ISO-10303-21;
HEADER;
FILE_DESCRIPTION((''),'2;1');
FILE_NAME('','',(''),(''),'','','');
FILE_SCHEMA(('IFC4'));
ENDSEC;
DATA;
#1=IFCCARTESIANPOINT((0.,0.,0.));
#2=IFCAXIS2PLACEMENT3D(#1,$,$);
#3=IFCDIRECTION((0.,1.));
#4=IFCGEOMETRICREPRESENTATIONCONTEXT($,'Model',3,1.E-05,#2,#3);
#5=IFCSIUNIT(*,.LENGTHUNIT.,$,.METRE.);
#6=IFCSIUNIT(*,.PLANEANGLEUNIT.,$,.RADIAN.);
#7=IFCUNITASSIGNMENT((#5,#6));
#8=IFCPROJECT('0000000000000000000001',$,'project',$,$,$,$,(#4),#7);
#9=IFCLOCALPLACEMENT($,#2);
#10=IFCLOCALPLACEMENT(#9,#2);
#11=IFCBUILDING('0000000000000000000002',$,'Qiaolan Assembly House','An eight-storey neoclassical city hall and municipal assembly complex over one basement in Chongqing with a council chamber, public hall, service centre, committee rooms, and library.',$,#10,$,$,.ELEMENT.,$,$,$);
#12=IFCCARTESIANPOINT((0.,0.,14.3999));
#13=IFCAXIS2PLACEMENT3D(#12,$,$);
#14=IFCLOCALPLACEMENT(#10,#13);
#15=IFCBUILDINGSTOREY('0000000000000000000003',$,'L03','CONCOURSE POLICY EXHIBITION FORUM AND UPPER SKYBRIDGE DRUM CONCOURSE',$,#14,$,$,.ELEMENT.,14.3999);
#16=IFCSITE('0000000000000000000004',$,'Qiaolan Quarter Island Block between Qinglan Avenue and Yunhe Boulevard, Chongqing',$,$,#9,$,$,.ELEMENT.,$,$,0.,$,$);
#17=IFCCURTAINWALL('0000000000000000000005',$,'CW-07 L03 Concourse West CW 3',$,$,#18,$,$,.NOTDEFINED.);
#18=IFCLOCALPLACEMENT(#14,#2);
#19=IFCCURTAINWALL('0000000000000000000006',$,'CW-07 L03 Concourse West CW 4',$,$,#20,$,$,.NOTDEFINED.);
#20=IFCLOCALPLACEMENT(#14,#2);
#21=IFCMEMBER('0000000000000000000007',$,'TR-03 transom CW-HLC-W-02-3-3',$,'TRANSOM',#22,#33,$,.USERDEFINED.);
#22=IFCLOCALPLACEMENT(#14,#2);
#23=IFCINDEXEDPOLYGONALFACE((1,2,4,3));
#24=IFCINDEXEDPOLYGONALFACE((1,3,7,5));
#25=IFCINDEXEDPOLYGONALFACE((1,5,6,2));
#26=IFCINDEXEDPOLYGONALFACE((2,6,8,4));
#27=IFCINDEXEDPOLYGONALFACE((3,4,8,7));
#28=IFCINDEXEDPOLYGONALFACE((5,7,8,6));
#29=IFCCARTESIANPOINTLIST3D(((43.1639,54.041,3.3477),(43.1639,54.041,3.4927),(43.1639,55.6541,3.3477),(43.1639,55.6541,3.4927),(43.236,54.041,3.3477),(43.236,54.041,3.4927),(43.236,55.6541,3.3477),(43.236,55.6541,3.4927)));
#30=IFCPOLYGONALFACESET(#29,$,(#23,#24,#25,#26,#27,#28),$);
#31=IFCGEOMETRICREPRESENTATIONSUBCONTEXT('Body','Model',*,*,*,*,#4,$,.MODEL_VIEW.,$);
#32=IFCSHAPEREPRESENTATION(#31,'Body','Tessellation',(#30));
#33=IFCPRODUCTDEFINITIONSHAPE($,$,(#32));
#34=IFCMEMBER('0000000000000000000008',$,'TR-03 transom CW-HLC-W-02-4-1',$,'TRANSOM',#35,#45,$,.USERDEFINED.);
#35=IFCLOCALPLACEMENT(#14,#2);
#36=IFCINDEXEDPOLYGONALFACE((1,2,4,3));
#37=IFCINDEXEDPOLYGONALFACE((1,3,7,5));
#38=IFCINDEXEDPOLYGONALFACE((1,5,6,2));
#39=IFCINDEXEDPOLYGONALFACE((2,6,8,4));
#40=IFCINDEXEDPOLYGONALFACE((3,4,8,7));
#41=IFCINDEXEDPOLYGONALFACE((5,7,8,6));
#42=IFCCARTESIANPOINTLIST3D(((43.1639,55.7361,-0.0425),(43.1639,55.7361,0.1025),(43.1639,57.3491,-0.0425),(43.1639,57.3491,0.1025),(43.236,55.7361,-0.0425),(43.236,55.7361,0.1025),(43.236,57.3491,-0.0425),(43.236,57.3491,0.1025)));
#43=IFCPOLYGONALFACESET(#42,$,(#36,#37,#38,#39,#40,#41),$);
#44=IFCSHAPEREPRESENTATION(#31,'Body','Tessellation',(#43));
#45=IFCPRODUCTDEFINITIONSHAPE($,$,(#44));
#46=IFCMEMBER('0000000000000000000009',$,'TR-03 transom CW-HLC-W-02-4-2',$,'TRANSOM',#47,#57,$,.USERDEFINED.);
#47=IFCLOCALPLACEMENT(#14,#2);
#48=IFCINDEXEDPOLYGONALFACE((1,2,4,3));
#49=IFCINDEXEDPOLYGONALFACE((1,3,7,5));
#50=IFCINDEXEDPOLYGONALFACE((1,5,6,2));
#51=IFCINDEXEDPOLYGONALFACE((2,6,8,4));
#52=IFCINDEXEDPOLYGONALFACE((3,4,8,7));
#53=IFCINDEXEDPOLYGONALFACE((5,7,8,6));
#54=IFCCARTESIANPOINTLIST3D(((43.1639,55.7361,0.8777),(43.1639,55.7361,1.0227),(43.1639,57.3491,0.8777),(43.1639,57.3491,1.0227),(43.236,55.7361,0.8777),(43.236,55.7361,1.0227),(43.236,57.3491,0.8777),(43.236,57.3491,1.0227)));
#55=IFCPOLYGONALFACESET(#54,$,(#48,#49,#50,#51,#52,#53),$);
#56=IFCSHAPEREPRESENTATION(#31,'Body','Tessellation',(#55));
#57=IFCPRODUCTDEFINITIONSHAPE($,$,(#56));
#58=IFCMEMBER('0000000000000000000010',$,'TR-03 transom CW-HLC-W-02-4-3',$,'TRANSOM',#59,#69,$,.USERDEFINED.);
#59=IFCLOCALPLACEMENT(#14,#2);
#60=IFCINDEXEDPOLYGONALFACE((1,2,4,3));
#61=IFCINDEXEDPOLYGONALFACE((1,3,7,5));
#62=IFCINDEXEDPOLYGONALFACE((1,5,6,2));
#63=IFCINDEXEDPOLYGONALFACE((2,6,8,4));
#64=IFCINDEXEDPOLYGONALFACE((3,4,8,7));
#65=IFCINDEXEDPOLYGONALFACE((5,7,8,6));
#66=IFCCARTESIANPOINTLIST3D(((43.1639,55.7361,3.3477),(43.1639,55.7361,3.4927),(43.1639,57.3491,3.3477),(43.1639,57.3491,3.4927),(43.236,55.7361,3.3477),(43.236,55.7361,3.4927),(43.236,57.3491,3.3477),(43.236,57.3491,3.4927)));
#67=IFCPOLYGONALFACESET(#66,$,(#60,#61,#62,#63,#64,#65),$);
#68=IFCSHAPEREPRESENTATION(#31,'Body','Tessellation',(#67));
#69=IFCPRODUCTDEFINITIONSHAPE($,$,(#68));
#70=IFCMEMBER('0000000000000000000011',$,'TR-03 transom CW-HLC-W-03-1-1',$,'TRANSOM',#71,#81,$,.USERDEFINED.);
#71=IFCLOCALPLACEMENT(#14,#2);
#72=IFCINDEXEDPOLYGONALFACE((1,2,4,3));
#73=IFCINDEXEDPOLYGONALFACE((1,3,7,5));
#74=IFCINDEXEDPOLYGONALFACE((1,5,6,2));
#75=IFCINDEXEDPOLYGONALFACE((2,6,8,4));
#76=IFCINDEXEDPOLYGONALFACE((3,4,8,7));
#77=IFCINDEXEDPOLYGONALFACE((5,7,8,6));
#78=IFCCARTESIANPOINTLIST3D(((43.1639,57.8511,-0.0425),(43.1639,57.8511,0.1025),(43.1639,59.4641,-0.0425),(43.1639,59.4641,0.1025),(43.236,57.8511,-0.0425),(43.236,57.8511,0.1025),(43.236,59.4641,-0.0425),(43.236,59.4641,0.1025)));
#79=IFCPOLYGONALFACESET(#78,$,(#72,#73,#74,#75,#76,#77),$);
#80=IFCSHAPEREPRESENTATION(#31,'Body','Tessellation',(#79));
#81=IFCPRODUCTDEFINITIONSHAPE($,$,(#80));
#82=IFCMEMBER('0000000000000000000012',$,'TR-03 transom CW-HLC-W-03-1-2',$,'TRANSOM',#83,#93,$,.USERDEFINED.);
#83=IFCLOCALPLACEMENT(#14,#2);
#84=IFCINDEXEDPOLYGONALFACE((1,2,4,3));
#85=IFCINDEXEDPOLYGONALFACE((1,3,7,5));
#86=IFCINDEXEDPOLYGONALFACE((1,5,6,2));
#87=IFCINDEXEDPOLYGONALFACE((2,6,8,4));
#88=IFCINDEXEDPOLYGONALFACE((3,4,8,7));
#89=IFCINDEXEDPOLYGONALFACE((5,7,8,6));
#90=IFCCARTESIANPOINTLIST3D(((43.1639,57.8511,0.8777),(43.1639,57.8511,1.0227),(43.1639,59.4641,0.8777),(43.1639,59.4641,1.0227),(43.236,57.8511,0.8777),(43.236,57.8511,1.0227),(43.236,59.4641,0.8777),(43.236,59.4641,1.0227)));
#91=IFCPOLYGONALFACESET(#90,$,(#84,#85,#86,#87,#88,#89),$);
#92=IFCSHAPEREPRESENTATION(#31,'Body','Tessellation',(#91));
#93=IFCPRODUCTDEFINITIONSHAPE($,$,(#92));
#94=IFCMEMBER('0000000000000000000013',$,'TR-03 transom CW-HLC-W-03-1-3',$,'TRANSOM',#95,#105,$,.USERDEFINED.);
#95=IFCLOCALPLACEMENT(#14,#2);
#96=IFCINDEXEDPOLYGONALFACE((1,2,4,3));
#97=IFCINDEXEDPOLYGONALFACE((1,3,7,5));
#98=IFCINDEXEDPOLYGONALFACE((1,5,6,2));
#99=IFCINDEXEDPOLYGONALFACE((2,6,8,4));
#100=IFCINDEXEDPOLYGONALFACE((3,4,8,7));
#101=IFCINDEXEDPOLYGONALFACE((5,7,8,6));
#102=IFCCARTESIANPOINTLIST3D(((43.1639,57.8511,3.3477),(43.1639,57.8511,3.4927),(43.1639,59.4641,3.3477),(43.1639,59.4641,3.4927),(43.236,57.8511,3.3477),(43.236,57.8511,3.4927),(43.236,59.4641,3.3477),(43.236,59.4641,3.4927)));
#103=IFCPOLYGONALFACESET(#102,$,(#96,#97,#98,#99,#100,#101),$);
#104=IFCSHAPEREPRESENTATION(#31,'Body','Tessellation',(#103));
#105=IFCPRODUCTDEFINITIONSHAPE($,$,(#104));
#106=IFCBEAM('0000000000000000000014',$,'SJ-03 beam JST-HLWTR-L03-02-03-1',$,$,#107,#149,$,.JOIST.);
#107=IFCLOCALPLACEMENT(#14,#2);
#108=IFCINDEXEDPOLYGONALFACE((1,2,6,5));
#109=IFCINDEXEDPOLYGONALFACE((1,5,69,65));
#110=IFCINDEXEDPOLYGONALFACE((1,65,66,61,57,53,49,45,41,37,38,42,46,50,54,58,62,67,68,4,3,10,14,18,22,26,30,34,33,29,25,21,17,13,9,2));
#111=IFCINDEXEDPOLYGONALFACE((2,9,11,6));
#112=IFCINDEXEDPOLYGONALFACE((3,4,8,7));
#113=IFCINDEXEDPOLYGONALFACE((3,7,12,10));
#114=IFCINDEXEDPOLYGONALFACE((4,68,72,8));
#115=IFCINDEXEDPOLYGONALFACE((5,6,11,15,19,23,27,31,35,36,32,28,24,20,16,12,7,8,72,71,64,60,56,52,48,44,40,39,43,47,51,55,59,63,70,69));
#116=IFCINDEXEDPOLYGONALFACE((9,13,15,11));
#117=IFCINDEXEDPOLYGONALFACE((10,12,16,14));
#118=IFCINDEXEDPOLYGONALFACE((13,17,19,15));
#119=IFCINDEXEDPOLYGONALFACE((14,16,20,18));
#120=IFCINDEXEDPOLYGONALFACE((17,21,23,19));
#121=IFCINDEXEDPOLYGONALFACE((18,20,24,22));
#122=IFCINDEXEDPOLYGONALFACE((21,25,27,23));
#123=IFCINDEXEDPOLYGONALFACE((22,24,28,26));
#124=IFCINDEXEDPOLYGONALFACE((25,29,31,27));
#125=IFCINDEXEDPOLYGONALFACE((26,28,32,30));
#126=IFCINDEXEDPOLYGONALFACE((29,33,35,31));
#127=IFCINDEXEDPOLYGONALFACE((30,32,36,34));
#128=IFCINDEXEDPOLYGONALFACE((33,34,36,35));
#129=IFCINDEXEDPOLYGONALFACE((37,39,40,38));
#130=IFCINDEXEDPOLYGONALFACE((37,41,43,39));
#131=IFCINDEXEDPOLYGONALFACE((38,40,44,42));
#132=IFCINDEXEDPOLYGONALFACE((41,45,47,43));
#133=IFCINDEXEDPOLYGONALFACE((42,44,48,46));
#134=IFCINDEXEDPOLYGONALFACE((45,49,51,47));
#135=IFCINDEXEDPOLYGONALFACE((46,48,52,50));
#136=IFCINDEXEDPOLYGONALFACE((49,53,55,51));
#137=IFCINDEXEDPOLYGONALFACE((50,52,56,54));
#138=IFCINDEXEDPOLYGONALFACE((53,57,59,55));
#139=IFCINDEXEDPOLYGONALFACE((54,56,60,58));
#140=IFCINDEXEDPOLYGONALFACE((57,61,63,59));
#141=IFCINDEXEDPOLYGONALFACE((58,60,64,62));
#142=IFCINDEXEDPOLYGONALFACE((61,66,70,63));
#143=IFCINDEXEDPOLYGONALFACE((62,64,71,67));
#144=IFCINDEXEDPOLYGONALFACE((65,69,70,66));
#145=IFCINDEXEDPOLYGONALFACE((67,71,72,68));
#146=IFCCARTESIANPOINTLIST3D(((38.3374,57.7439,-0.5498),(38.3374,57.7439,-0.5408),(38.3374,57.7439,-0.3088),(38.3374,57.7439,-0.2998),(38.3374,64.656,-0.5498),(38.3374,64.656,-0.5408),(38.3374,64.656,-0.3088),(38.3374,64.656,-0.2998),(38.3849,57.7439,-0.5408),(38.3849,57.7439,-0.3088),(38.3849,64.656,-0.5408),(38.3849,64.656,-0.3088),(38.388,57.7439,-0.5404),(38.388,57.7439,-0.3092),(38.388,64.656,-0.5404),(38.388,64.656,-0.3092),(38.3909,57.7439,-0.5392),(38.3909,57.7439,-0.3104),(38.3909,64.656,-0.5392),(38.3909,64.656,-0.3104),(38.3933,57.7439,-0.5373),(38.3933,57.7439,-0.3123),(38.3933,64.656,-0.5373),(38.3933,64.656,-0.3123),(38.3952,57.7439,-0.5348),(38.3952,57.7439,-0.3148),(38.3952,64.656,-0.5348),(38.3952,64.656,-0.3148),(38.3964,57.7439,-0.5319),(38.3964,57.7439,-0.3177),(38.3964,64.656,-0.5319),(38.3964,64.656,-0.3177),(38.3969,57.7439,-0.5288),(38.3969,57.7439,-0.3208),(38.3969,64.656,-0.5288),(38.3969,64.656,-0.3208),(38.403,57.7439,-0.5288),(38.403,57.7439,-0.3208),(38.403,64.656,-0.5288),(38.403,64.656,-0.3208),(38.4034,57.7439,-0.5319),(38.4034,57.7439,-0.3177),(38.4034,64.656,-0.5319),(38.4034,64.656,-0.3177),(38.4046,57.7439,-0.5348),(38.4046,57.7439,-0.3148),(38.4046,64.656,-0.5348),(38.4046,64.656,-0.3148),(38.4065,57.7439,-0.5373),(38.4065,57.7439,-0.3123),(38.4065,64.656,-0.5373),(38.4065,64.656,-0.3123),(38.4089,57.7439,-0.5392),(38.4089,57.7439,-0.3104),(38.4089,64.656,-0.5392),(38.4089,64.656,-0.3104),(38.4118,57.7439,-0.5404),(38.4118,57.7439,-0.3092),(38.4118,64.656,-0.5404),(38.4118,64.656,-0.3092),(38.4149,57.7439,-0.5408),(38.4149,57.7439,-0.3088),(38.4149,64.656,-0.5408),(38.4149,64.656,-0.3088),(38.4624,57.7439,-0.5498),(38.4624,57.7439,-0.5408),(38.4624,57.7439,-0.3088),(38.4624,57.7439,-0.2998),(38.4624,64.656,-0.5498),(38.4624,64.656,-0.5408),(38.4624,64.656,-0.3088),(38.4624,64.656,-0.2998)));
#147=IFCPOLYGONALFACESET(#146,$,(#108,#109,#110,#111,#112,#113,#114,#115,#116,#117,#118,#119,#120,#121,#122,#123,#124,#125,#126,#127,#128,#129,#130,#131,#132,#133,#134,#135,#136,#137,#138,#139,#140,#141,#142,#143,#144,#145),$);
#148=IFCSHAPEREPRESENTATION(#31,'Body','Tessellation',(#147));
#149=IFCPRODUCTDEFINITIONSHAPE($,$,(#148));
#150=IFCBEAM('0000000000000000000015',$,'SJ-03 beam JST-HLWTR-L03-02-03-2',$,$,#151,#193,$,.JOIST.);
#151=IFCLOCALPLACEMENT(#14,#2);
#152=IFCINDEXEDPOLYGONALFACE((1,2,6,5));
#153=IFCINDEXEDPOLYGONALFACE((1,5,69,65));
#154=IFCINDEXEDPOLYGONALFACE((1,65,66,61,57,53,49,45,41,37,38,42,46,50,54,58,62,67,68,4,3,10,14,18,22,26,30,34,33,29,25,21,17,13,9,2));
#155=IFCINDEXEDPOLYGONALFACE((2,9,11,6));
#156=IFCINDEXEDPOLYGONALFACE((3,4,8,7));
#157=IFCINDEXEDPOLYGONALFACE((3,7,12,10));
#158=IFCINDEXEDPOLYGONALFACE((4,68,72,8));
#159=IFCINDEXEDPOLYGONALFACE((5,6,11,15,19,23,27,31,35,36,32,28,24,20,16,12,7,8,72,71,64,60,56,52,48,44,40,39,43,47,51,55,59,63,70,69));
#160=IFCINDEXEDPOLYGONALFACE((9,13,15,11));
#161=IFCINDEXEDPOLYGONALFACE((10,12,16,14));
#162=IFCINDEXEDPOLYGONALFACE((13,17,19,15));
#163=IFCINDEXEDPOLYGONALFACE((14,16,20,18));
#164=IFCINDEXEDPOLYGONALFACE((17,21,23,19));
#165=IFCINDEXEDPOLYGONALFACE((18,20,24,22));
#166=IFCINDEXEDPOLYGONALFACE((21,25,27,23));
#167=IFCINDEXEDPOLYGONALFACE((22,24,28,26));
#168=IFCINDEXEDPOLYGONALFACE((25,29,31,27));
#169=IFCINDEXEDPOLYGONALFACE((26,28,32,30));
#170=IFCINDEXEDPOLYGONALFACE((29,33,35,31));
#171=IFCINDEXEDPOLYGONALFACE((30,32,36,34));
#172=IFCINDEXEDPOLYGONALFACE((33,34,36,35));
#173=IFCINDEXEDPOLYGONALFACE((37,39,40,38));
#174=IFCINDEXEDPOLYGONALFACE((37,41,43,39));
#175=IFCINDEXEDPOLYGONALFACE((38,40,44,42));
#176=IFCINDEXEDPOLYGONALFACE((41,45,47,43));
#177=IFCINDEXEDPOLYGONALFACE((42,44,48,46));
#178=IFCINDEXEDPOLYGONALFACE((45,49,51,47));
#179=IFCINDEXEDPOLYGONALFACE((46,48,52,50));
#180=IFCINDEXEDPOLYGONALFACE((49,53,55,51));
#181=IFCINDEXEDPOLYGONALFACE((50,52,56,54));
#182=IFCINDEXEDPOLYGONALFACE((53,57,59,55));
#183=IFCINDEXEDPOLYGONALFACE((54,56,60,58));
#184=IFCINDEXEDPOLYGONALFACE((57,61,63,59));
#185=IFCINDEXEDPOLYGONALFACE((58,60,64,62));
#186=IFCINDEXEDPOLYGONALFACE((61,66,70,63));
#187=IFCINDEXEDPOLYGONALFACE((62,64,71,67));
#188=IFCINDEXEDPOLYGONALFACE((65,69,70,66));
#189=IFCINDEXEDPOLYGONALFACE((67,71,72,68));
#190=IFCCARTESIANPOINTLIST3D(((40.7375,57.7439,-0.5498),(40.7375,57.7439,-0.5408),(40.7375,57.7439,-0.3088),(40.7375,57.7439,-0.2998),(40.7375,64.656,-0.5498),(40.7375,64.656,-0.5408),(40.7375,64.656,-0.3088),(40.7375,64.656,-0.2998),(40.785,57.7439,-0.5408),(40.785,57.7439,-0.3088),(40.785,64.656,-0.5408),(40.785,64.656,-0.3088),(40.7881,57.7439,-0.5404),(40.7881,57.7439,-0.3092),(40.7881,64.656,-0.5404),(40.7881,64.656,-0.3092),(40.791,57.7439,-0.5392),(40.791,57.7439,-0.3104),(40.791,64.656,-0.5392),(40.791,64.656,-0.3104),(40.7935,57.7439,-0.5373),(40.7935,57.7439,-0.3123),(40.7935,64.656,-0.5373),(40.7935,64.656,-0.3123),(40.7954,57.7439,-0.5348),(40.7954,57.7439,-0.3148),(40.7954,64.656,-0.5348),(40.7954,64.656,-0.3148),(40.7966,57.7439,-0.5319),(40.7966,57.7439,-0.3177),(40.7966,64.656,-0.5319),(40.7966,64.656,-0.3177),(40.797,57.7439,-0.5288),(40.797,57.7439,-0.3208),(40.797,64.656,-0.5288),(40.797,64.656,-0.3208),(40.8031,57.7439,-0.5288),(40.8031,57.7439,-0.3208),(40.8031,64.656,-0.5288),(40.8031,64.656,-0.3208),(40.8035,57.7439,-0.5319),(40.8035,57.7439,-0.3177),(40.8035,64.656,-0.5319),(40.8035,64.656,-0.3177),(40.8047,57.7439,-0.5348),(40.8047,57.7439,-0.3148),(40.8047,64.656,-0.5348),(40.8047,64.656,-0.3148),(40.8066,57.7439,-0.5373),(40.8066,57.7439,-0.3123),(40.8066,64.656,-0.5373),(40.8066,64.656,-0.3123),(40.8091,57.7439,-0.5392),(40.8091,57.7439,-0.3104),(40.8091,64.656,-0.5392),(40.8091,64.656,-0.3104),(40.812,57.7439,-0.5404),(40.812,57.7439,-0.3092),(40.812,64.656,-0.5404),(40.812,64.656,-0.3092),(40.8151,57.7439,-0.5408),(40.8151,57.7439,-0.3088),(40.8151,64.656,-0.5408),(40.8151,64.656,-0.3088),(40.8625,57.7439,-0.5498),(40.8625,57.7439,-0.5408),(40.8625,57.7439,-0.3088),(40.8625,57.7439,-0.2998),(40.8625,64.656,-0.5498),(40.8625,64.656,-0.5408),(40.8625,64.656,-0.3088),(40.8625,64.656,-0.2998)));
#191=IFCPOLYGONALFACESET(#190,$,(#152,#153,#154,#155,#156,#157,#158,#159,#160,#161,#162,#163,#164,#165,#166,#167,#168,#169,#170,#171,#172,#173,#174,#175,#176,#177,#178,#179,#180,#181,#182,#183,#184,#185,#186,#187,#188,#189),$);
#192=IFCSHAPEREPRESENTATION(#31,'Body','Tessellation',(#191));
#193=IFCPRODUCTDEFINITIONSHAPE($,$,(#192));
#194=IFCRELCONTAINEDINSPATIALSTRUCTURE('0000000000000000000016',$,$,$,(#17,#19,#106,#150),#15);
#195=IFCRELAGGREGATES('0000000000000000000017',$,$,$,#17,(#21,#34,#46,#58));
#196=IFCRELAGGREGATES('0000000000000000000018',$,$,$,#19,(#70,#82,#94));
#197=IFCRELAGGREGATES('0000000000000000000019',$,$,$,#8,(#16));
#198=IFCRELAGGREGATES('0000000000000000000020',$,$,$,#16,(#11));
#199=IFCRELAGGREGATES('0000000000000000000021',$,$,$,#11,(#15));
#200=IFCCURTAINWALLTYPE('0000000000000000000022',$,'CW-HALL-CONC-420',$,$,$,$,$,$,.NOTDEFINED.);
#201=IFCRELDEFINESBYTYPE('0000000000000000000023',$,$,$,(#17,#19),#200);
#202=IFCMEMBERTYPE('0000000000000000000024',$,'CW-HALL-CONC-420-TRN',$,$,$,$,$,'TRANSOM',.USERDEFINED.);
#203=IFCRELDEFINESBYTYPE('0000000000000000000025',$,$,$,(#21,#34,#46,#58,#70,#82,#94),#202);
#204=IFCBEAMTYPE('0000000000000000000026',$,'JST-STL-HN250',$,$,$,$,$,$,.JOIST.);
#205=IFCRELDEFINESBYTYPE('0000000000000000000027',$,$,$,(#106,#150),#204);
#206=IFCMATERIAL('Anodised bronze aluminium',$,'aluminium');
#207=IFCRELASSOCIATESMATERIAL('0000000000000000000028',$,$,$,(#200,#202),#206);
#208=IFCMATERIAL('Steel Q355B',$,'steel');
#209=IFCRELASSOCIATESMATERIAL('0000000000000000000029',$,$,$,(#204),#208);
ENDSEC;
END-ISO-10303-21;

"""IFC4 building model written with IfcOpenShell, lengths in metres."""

from ifc_helpers import new_model, si_unit, direction, frame, origin, origin_2d, place, context, subcontext, project, spatial, rectangle, i_section, extrude, material, material_profile, profile_set, type_object, element, aggregate, save


model = new_model("IFC4")

# Units and contexts
model_context = context("Model", 3, precision=1e-05, world=origin(), true_north=direction((0.0, 1.0)))
body_context = subcontext(model_context, "Body", "Model", "MODEL_VIEW")
ifc_project = project(units=[si_unit("LENGTHUNIT", "METRE"), si_unit("PLANEANGLEUNIT", "RADIAN")], contexts=[model_context])

# Site, building, storey
site_placement = place(None, origin())
site = spatial("IfcSite", under=ifc_project, at=site_placement, Name="Qiaolan Quarter Island Block between Qinglan Avenue and Yunhe Boulevard, Chongqing", CompositionType="ELEMENT", RefElevation=0.0)
building_placement = place(site_placement, origin())
building = spatial("IfcBuilding", under=site, at=building_placement, Name="Qiaolan Assembly House", Description="An eight-storey neoclassical city hall and municipal assembly complex over one basement in Chongqing with a council chamber, public hall, service centre, committee rooms, and library.", CompositionType="ELEMENT")
storey_placement = place(building_placement, frame((0.0, 0.0, 14.3999)))
storey = spatial("IfcBuildingStorey", under=building, at=storey_placement, Name="L03", Description="CONCOURSE POLICY EXHIBITION FORUM AND UPPER SKYBRIDGE DRUM CONCOURSE", CompositionType="ELEMENT", Elevation=14.3999)

# Shared definitions
ifc_material_1 = material(Name="Steel Q355B", Category="steel")

# Curtain walls
ifc_material_2 = material(Name="Anodised bronze aluminium", Category="aluminium")
curtain_wall_type = type_object("IfcCurtainWallType", Name="CW-HALL-CONC-420", PredefinedType="NOTDEFINED", material=ifc_material_2)
curtain_wall_1_placement = place(storey_placement, origin())
curtain_wall_1 = element("IfcCurtainWall", 1, at=curtain_wall_1_placement, inside=storey, type_object=curtain_wall_type, Name="CW-07 L03 Concourse West CW 3", PredefinedType="NOTDEFINED")
curtain_wall_2_placement = place(storey_placement, origin())
curtain_wall_2 = element("IfcCurtainWall", 2, at=curtain_wall_2_placement, inside=storey, type_object=curtain_wall_type, Name="CW-07 L03 Concourse West CW 4", PredefinedType="NOTDEFINED")

# Members
ifc_material_profile_1 = material_profile(ifc_material_2, rectangle(XDim=0.072, YDim=0.145, at=origin_2d()), Name="TRN 72x145")
ifc_profile_set_1 = profile_set([ifc_material_profile_1], Name="Anodised bronze aluminium")
member_type_1 = type_object("IfcMemberType", Name="CW-HALL-CONC-420-TRN", ElementType="TRANSOM", PredefinedType="USERDEFINED", material=ifc_profile_set_1)
member_1_placement = place(storey_placement, frame((43.2, 54.041, 3.4202), z_axis=(0.0, 1.0, 0.0), x_axis=(-1.0, 0.0, 0.0)))
member_1 = element("IfcMember", 3, at=member_1_placement, type_object=member_type_1, Name="TR-03 transom CW-HLC-W-02-3-3", ObjectType="TRANSOM", PredefinedType="USERDEFINED", context=body_context, shape_type="SweptSolid", body=[
    extrude(rectangle(XDim=0.072, YDim=0.145, at=origin_2d()), origin(), (0.0, 0.0, 1.0), 1.613),
])
member_2_placement = place(storey_placement, frame((43.2, 55.7361, 0.03), z_axis=(0.0, 1.0, 0.0), x_axis=(-1.0, 0.0, 0.0)))
member_2 = element("IfcMember", 4, at=member_2_placement, type_object=member_type_1, Name="TR-03 transom CW-HLC-W-02-4-1", ObjectType="TRANSOM", PredefinedType="USERDEFINED", context=body_context, shape_type="SweptSolid", body=[
    extrude(rectangle(XDim=0.072, YDim=0.145, at=origin_2d()), origin(), (0.0, 0.0, 1.0), 1.613),
])
member_3_placement = place(storey_placement, frame((43.2, 55.7361, 0.9502), z_axis=(0.0, 1.0, 0.0), x_axis=(-1.0, 0.0, 0.0)))
member_3 = element("IfcMember", 5, at=member_3_placement, type_object=member_type_1, Name="TR-03 transom CW-HLC-W-02-4-2", ObjectType="TRANSOM", PredefinedType="USERDEFINED", context=body_context, shape_type="SweptSolid", body=[
    extrude(rectangle(XDim=0.072, YDim=0.145, at=origin_2d()), origin(), (0.0, 0.0, 1.0), 1.613),
])
member_4_placement = place(storey_placement, frame((43.2, 55.7361, 3.4202), z_axis=(0.0, 1.0, 0.0), x_axis=(-1.0, 0.0, 0.0)))
member_4 = element("IfcMember", 6, at=member_4_placement, type_object=member_type_1, Name="TR-03 transom CW-HLC-W-02-4-3", ObjectType="TRANSOM", PredefinedType="USERDEFINED", context=body_context, shape_type="SweptSolid", body=[
    extrude(rectangle(XDim=0.072, YDim=0.145, at=origin_2d()), origin(), (0.0, 0.0, 1.0), 1.613),
])
member_5_placement = place(storey_placement, frame((43.2, 57.8511, 0.03), z_axis=(0.0, 1.0, 0.0), x_axis=(-1.0, 0.0, 0.0)))
member_5 = element("IfcMember", 7, at=member_5_placement, type_object=member_type_1, Name="TR-03 transom CW-HLC-W-03-1-1", ObjectType="TRANSOM", PredefinedType="USERDEFINED", context=body_context, shape_type="SweptSolid", body=[
    extrude(rectangle(XDim=0.072, YDim=0.145, at=origin_2d()), origin(), (0.0, 0.0, 1.0), 1.613),
])
member_6_placement = place(storey_placement, frame((43.2, 57.8511, 0.9502), z_axis=(0.0, 1.0, 0.0), x_axis=(-1.0, 0.0, 0.0)))
member_6 = element("IfcMember", 8, at=member_6_placement, type_object=member_type_1, Name="TR-03 transom CW-HLC-W-03-1-2", ObjectType="TRANSOM", PredefinedType="USERDEFINED", context=body_context, shape_type="SweptSolid", body=[
    extrude(rectangle(XDim=0.072, YDim=0.145, at=origin_2d()), origin(), (0.0, 0.0, 1.0), 1.613),
])
member_7_placement = place(storey_placement, frame((43.2, 57.8511, 3.4202), z_axis=(0.0, 1.0, 0.0), x_axis=(-1.0, 0.0, 0.0)))
member_7 = element("IfcMember", 9, at=member_7_placement, type_object=member_type_1, Name="TR-03 transom CW-HLC-W-03-1-3", ObjectType="TRANSOM", PredefinedType="USERDEFINED", context=body_context, shape_type="SweptSolid", body=[
    extrude(rectangle(XDim=0.072, YDim=0.145, at=origin_2d()), origin(), (0.0, 0.0, 1.0), 1.613),
])

# Beams
ifc_material_profile_2 = material_profile(ifc_material_1, i_section(OverallWidth=0.125, OverallDepth=0.25, WebThickness=0.0061, FlangeThickness=0.009, FilletRadius=0.012, at=origin_2d()), Name="HN 250x125x6x9")
ifc_profile_set_2 = profile_set([ifc_material_profile_2], Name="Steel Q355B")
beam_type_1 = type_object("IfcBeamType", Name="JST-STL-HN250", PredefinedType="JOIST", material=ifc_profile_set_2)
for number, where, z_axis, x_axis, name in (
    (10, (38.3999, 57.7439, -0.4248), (0.0, 1.0, 0.0), (-1.0, 0.0, 0.0), "SJ-03 beam JST-HLWTR-L03-02-03-1"),
    (11, (40.8, 57.7439, -0.4248), (0.0, 1.0, 0.0), (-1.0, 0.0, 0.0), "SJ-03 beam JST-HLWTR-L03-02-03-2"),
):
    element("IfcBeam", number, at=place(storey_placement, frame(where, z_axis=z_axis, x_axis=x_axis)), inside=storey, type_object=beam_type_1, Name=name, PredefinedType="JOIST", context=body_context, shape_type="SweptSolid", body=[
        extrude(i_section(OverallWidth=0.125, OverallDepth=0.25, WebThickness=0.0061, FlangeThickness=0.009, FilletRadius=0.012, at=origin_2d()), origin(), (0.0, 0.0, 1.0), 6.9121),
    ])

aggregate(curtain_wall_1, [member_1, member_2, member_3, member_4])
aggregate(curtain_wall_2, [member_5, member_6, member_7])

save(model, "model.ifc")
